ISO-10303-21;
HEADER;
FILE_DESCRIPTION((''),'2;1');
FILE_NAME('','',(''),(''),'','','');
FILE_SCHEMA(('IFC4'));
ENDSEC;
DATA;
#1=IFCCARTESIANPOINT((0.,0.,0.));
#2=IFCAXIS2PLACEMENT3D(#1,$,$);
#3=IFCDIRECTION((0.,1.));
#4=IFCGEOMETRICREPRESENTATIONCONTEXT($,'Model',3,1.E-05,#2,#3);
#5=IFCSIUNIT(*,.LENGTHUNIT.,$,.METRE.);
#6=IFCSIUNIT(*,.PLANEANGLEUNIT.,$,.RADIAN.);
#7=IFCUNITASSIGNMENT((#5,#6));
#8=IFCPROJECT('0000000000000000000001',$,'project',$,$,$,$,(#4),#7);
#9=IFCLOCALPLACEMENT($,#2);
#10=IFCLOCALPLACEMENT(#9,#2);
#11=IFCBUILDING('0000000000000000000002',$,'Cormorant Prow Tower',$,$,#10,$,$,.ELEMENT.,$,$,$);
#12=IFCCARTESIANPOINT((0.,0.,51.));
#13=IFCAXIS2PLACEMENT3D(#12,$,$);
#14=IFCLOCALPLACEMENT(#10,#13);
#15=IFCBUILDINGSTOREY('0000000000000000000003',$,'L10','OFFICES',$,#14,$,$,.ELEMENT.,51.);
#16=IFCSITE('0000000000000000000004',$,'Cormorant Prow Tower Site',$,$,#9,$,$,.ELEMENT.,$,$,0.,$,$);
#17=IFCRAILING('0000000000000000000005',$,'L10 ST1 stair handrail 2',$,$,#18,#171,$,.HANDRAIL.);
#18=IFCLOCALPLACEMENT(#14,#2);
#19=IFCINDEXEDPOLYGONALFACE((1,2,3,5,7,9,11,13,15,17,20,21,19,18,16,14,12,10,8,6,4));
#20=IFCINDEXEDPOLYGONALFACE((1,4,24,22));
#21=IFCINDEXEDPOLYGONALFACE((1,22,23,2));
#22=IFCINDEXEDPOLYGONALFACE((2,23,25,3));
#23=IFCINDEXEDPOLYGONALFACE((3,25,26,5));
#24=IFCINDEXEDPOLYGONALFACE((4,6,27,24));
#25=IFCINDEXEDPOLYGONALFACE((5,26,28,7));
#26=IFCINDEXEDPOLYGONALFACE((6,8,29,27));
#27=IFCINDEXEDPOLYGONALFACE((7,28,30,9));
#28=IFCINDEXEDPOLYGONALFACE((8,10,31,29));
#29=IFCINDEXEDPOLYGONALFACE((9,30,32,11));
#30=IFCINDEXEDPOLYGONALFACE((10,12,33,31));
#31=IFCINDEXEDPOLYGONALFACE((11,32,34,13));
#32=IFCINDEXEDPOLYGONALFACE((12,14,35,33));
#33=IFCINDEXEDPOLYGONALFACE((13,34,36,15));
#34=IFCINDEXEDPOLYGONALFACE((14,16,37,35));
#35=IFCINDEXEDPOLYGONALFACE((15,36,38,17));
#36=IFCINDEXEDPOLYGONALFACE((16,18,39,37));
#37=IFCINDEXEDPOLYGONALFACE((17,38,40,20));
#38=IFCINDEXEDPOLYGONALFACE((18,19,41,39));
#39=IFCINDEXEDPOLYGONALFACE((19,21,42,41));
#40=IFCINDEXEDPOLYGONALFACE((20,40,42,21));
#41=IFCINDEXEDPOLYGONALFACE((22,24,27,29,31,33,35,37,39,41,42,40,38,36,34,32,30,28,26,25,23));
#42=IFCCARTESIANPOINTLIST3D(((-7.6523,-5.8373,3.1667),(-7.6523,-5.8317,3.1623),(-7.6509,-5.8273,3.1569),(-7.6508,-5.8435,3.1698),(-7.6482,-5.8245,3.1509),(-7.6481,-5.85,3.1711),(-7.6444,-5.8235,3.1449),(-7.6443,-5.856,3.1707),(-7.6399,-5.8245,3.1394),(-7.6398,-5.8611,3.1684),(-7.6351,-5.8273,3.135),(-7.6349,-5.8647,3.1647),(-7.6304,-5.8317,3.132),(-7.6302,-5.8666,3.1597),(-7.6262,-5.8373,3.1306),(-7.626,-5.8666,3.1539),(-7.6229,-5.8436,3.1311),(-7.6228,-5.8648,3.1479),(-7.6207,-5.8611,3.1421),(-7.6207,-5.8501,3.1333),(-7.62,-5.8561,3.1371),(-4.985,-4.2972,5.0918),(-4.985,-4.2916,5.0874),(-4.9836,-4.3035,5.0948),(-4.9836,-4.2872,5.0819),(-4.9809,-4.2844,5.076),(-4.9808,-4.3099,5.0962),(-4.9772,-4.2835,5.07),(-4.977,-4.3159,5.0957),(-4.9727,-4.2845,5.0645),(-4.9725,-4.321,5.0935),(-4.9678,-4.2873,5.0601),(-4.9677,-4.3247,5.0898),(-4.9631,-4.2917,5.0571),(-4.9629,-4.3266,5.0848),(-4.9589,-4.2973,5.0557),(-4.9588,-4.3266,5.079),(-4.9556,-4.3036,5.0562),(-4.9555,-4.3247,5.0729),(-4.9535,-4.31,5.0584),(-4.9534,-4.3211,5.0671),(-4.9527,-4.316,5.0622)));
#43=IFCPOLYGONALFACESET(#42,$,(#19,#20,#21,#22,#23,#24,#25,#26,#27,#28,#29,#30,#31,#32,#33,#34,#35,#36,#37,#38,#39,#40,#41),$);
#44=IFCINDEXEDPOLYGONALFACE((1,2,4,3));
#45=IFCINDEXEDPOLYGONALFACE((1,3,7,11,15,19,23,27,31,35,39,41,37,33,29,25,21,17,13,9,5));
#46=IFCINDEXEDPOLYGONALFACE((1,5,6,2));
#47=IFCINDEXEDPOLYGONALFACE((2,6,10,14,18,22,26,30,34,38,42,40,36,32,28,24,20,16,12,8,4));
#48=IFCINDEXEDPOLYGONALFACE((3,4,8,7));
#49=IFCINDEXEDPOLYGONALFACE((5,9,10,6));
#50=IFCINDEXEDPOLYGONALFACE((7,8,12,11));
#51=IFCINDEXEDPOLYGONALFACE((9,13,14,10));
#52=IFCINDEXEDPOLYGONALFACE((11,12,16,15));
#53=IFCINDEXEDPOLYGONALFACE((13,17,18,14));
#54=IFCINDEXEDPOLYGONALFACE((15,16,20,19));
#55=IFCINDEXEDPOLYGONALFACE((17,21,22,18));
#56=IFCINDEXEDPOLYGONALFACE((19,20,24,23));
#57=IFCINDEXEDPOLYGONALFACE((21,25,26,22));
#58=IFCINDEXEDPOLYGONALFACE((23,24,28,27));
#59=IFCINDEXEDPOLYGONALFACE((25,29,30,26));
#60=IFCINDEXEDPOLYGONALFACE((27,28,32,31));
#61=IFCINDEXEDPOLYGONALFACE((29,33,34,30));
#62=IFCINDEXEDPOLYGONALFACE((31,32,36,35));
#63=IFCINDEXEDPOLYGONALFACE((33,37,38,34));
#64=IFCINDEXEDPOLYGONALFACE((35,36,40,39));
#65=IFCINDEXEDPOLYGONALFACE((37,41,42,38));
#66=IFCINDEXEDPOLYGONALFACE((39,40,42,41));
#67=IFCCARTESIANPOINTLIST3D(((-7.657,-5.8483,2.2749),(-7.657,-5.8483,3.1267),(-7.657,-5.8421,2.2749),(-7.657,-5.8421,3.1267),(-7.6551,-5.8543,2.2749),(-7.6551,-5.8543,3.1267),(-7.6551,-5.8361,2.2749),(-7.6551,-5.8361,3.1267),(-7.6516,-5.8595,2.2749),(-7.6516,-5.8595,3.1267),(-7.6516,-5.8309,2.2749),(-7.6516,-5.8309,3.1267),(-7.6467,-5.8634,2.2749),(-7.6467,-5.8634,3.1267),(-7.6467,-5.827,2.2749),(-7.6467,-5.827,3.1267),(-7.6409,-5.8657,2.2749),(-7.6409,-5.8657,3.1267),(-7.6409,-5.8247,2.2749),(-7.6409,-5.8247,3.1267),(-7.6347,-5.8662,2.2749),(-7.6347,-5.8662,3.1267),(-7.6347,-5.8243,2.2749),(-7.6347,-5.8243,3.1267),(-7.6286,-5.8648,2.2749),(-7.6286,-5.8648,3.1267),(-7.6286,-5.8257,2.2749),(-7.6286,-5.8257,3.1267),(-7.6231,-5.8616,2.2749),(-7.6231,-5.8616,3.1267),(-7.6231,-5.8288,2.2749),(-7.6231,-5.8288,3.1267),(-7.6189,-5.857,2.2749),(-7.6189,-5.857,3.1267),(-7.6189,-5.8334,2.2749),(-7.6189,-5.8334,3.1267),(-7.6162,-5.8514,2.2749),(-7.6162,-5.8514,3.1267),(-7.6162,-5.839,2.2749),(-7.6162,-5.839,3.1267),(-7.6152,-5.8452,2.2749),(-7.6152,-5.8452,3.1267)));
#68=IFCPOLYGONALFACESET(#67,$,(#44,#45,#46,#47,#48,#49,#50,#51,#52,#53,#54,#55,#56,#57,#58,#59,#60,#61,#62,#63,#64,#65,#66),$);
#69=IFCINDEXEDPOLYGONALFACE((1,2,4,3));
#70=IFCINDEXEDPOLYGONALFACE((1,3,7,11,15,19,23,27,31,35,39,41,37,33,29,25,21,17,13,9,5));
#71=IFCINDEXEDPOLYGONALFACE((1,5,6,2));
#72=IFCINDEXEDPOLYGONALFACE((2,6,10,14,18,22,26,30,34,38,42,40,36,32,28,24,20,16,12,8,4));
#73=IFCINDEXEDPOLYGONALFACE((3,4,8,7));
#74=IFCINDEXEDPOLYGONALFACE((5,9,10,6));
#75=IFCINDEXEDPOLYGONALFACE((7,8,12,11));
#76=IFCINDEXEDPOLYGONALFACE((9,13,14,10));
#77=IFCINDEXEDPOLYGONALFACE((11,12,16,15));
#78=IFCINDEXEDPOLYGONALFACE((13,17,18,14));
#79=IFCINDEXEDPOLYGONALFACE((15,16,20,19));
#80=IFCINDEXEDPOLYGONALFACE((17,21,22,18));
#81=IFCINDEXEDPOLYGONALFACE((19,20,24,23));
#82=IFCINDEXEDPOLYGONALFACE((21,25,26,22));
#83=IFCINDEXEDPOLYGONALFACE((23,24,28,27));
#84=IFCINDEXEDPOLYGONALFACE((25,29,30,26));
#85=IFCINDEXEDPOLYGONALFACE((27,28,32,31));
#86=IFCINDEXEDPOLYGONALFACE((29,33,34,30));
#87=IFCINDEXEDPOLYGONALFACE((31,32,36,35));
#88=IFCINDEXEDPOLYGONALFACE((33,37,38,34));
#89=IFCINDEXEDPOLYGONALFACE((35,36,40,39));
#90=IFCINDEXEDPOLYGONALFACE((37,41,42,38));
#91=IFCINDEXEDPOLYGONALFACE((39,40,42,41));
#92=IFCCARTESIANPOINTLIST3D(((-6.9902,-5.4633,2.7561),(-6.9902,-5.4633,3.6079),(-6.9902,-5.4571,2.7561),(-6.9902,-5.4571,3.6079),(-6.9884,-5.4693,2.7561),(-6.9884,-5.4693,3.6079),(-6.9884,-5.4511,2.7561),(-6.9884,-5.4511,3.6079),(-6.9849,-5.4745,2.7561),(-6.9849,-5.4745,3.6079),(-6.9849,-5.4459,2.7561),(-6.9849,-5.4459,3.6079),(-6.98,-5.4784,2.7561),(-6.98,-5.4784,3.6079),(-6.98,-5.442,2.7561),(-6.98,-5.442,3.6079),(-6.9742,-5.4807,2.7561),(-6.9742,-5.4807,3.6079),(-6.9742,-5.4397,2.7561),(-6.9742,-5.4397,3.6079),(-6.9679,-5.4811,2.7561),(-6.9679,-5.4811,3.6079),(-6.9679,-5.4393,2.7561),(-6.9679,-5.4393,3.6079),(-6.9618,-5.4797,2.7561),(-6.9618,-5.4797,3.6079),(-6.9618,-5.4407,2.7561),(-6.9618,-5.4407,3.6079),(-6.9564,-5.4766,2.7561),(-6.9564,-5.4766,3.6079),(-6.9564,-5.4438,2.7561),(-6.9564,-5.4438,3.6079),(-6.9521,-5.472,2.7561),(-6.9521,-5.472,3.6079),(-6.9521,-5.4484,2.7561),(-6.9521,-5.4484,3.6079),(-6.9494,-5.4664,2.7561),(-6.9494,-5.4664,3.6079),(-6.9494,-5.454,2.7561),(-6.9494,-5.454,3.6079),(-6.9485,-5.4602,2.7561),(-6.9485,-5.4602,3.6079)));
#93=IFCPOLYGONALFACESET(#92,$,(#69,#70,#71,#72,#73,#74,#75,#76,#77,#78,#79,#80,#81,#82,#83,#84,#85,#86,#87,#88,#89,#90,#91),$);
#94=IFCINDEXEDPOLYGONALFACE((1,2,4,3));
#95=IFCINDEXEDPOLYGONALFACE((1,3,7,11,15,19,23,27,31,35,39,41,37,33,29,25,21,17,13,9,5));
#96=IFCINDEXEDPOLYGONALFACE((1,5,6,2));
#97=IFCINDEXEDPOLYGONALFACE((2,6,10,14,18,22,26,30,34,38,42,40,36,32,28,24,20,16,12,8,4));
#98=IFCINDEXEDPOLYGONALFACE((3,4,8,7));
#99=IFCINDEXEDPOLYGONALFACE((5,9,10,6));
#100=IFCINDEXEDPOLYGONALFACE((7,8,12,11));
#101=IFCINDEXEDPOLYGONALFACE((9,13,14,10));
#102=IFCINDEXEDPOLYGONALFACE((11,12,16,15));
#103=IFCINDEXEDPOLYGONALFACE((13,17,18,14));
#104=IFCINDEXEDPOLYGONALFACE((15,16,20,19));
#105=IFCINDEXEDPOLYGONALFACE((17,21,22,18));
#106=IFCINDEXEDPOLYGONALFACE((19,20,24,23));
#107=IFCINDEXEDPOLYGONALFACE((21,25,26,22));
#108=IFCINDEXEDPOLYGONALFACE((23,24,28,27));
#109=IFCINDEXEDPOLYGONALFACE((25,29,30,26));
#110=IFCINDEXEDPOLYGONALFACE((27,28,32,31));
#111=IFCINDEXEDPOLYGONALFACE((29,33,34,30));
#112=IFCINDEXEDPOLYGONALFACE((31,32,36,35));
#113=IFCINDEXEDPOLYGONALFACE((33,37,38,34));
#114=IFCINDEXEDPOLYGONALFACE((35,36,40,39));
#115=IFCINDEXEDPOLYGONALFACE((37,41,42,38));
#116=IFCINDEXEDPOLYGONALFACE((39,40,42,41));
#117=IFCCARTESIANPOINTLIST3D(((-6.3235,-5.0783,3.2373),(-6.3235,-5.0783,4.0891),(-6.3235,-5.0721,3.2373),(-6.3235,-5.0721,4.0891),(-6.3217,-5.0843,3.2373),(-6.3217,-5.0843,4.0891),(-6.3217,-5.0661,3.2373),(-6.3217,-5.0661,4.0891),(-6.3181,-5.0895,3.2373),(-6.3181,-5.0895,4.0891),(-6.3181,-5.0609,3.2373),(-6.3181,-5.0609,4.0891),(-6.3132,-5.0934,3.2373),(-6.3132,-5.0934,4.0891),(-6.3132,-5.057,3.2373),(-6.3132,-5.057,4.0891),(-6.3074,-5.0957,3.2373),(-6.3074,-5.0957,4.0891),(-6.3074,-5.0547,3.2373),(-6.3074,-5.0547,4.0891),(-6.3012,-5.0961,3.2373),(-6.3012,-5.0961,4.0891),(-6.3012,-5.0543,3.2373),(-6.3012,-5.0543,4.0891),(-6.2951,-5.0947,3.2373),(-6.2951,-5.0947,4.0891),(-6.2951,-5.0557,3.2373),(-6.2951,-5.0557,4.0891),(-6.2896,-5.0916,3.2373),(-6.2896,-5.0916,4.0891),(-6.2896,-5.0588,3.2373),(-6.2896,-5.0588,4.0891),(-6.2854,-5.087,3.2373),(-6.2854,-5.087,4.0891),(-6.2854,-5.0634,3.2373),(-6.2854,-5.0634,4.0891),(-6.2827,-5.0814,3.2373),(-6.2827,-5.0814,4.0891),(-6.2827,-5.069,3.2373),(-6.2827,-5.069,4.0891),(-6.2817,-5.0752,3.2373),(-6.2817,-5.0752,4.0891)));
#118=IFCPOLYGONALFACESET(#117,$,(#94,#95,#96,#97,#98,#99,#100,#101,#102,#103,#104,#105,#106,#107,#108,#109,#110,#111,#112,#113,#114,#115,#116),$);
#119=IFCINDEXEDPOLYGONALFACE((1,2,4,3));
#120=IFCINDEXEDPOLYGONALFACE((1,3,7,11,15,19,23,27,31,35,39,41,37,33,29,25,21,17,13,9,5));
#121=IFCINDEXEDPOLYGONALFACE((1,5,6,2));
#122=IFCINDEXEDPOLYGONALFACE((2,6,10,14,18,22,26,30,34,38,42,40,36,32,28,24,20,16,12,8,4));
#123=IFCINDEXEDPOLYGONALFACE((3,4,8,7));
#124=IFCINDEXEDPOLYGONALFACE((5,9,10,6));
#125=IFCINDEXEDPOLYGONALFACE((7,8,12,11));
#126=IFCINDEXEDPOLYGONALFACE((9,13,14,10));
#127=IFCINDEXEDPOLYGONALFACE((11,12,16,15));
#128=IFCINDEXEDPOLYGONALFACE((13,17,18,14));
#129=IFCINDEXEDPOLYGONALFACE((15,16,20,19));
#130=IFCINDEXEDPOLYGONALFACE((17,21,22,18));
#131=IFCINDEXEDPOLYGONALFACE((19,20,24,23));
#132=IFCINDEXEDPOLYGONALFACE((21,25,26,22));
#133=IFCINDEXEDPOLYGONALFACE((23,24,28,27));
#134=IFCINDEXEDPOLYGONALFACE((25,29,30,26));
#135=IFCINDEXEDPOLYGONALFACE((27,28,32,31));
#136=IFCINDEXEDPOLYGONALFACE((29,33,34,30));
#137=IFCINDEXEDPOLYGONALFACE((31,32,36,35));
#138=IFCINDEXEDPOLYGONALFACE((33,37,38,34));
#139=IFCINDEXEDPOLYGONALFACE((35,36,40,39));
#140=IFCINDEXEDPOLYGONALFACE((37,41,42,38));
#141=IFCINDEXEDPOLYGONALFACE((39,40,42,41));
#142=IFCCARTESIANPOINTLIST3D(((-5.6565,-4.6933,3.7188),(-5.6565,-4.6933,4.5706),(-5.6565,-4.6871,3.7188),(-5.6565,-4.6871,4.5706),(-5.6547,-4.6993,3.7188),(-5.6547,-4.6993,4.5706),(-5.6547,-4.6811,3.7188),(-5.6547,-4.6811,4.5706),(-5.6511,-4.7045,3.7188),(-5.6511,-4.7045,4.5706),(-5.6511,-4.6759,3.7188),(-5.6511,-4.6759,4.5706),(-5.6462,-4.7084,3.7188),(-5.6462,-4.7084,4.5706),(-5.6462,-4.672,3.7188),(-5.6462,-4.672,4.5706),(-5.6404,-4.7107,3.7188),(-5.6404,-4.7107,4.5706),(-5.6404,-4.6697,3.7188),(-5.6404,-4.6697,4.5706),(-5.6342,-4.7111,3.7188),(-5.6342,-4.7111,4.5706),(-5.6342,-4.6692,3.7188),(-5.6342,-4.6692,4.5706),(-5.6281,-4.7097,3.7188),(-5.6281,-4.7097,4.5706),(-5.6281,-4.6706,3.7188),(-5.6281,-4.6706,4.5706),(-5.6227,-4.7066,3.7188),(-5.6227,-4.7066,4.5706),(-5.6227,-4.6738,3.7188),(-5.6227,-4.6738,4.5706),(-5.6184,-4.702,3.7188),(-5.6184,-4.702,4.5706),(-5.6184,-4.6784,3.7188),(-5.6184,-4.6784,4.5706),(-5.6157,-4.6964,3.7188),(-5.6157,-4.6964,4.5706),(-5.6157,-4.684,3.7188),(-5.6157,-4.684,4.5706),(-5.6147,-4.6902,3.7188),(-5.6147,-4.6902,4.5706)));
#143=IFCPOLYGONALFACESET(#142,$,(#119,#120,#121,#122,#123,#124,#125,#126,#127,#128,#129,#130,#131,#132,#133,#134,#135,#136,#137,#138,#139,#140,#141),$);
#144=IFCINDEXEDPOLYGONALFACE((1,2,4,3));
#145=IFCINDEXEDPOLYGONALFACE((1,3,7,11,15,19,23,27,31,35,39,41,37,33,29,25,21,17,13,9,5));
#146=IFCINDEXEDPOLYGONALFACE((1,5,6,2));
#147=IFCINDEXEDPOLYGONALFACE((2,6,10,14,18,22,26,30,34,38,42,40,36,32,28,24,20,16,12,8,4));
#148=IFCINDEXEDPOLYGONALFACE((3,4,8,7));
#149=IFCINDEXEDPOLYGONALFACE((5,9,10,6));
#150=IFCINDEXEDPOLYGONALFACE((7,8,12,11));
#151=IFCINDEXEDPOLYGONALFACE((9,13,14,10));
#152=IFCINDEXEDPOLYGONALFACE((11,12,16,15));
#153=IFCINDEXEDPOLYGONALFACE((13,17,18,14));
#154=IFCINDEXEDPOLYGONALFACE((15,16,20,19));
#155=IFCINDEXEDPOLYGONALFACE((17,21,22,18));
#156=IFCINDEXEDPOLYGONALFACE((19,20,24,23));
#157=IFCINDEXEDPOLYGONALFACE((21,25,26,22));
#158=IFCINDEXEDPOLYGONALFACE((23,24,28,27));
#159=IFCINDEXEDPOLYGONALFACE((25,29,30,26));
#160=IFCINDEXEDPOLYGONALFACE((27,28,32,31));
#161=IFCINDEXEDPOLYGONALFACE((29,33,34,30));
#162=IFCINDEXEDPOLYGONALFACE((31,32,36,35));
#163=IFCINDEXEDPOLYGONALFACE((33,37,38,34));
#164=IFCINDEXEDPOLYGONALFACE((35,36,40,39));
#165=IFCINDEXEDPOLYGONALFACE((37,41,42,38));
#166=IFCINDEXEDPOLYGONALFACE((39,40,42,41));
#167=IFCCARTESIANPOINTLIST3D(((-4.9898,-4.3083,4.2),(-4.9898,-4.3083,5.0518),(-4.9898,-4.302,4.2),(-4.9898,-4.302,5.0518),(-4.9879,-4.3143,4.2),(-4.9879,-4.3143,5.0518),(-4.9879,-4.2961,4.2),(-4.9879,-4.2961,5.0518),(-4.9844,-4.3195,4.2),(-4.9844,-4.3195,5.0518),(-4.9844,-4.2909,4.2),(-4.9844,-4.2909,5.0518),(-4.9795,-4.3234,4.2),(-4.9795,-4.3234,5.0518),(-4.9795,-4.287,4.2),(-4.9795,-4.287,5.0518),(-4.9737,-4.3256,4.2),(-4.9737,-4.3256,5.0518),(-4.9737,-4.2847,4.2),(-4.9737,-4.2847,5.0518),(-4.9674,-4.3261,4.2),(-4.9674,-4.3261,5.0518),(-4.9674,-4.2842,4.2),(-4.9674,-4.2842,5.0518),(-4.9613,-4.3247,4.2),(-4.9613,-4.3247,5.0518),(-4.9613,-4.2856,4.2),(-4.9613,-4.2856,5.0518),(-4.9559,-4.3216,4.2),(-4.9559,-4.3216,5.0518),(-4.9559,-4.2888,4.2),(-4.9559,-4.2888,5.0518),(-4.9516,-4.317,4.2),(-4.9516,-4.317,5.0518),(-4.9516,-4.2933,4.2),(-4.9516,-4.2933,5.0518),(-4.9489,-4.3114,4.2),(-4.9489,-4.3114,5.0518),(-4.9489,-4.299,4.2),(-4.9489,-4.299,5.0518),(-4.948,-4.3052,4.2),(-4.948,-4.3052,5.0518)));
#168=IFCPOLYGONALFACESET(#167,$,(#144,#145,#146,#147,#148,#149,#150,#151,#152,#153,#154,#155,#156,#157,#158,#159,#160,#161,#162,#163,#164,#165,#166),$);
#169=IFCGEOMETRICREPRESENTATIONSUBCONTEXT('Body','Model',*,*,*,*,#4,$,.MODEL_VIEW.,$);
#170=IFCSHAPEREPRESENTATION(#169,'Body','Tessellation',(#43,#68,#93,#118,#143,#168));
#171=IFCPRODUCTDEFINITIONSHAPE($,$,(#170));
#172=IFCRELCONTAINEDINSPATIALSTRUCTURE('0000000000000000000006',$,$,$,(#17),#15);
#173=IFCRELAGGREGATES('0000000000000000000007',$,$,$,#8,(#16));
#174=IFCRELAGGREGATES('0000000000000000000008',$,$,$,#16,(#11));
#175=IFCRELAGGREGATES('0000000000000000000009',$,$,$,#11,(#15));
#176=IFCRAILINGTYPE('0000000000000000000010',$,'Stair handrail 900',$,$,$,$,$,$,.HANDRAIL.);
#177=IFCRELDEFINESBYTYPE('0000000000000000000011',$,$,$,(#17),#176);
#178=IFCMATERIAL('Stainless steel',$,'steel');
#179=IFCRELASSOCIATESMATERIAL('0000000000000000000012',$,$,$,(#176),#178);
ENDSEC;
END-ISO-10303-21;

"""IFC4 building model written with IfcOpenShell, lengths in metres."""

from ifc_helpers import new_model, si_unit, direction, frame, origin, origin_2d, place, context, subcontext, project, spatial, circle, extrude, material, type_object, element, save


model = new_model("IFC4")

# Units and contexts
model_context = context("Model", 3, precision=1e-05, world=origin(), true_north=direction((0.0, 1.0)))
body_context = subcontext(model_context, "Body", "Model", "MODEL_VIEW")
ifc_project = project(units=[si_unit("LENGTHUNIT", "METRE"), si_unit("PLANEANGLEUNIT", "RADIAN")], contexts=[model_context])

# Site, building, storey
site_placement = place(None, origin())
site = spatial("IfcSite", under=ifc_project, at=site_placement, Name="Cormorant Prow Tower Site", CompositionType="ELEMENT", RefElevation=0.0)
building_placement = place(site_placement, origin())
building = spatial("IfcBuilding", under=site, at=building_placement, Name="Cormorant Prow Tower", CompositionType="ELEMENT")
storey_placement = place(building_placement, frame((0.0, 0.0, 51.0)))
storey = spatial("IfcBuildingStorey", under=building, at=storey_placement, Name="L10", Description="OFFICES", CompositionType="ELEMENT", Elevation=51.0)

# Railing
ifc_material_1 = material(Name="Stainless steel", Category="steel")
railing_type_1 = type_object("IfcRailingType", Name="Stair handrail 900", PredefinedType="HANDRAIL", material=ifc_material_1)
railing_1_placement = place(storey_placement, frame((-7.6362, -5.8452, 2.2749)))
element("IfcRailing", 1, at=railing_1_placement, inside=storey, type_object=railing_type_1, Name="L10 ST1 stair handrail 2", PredefinedType="HANDRAIL", context=body_context, shape_type="SweptSolid", body=[
    extrude(circle(Radius=0.0239, at=origin_2d()), frame((0.0, 0.0, 0.876), z_axis=(0.734364, 0.424015, 0.530019), x_axis=(-0.500027, 0.86601, 0.0)), (0.0, 0.0, 1.0), 3.6321),
    extrude(circle(Radius=0.021, at=origin_2d()), origin(), (0.0, 0.0, 1.0), 0.8518),
    extrude(circle(Radius=0.021, at=origin_2d()), frame((0.6667, 0.385, 0.4812)), (0.0, 0.0, 1.0), 0.8518),
    extrude(circle(Radius=0.021, at=origin_2d()), frame((1.3335, 0.77, 0.9624)), (0.0, 0.0, 1.0), 0.8518),
    extrude(circle(Radius=0.021, at=origin_2d()), frame((2.0005, 1.155, 1.4438)), (0.0, 0.0, 1.0), 0.8518),
    extrude(circle(Radius=0.021, at=origin_2d()), frame((2.6672, 1.54, 1.925)), (0.0, 0.0, 1.0), 0.8518),
])

save(model, "model.ifc")
